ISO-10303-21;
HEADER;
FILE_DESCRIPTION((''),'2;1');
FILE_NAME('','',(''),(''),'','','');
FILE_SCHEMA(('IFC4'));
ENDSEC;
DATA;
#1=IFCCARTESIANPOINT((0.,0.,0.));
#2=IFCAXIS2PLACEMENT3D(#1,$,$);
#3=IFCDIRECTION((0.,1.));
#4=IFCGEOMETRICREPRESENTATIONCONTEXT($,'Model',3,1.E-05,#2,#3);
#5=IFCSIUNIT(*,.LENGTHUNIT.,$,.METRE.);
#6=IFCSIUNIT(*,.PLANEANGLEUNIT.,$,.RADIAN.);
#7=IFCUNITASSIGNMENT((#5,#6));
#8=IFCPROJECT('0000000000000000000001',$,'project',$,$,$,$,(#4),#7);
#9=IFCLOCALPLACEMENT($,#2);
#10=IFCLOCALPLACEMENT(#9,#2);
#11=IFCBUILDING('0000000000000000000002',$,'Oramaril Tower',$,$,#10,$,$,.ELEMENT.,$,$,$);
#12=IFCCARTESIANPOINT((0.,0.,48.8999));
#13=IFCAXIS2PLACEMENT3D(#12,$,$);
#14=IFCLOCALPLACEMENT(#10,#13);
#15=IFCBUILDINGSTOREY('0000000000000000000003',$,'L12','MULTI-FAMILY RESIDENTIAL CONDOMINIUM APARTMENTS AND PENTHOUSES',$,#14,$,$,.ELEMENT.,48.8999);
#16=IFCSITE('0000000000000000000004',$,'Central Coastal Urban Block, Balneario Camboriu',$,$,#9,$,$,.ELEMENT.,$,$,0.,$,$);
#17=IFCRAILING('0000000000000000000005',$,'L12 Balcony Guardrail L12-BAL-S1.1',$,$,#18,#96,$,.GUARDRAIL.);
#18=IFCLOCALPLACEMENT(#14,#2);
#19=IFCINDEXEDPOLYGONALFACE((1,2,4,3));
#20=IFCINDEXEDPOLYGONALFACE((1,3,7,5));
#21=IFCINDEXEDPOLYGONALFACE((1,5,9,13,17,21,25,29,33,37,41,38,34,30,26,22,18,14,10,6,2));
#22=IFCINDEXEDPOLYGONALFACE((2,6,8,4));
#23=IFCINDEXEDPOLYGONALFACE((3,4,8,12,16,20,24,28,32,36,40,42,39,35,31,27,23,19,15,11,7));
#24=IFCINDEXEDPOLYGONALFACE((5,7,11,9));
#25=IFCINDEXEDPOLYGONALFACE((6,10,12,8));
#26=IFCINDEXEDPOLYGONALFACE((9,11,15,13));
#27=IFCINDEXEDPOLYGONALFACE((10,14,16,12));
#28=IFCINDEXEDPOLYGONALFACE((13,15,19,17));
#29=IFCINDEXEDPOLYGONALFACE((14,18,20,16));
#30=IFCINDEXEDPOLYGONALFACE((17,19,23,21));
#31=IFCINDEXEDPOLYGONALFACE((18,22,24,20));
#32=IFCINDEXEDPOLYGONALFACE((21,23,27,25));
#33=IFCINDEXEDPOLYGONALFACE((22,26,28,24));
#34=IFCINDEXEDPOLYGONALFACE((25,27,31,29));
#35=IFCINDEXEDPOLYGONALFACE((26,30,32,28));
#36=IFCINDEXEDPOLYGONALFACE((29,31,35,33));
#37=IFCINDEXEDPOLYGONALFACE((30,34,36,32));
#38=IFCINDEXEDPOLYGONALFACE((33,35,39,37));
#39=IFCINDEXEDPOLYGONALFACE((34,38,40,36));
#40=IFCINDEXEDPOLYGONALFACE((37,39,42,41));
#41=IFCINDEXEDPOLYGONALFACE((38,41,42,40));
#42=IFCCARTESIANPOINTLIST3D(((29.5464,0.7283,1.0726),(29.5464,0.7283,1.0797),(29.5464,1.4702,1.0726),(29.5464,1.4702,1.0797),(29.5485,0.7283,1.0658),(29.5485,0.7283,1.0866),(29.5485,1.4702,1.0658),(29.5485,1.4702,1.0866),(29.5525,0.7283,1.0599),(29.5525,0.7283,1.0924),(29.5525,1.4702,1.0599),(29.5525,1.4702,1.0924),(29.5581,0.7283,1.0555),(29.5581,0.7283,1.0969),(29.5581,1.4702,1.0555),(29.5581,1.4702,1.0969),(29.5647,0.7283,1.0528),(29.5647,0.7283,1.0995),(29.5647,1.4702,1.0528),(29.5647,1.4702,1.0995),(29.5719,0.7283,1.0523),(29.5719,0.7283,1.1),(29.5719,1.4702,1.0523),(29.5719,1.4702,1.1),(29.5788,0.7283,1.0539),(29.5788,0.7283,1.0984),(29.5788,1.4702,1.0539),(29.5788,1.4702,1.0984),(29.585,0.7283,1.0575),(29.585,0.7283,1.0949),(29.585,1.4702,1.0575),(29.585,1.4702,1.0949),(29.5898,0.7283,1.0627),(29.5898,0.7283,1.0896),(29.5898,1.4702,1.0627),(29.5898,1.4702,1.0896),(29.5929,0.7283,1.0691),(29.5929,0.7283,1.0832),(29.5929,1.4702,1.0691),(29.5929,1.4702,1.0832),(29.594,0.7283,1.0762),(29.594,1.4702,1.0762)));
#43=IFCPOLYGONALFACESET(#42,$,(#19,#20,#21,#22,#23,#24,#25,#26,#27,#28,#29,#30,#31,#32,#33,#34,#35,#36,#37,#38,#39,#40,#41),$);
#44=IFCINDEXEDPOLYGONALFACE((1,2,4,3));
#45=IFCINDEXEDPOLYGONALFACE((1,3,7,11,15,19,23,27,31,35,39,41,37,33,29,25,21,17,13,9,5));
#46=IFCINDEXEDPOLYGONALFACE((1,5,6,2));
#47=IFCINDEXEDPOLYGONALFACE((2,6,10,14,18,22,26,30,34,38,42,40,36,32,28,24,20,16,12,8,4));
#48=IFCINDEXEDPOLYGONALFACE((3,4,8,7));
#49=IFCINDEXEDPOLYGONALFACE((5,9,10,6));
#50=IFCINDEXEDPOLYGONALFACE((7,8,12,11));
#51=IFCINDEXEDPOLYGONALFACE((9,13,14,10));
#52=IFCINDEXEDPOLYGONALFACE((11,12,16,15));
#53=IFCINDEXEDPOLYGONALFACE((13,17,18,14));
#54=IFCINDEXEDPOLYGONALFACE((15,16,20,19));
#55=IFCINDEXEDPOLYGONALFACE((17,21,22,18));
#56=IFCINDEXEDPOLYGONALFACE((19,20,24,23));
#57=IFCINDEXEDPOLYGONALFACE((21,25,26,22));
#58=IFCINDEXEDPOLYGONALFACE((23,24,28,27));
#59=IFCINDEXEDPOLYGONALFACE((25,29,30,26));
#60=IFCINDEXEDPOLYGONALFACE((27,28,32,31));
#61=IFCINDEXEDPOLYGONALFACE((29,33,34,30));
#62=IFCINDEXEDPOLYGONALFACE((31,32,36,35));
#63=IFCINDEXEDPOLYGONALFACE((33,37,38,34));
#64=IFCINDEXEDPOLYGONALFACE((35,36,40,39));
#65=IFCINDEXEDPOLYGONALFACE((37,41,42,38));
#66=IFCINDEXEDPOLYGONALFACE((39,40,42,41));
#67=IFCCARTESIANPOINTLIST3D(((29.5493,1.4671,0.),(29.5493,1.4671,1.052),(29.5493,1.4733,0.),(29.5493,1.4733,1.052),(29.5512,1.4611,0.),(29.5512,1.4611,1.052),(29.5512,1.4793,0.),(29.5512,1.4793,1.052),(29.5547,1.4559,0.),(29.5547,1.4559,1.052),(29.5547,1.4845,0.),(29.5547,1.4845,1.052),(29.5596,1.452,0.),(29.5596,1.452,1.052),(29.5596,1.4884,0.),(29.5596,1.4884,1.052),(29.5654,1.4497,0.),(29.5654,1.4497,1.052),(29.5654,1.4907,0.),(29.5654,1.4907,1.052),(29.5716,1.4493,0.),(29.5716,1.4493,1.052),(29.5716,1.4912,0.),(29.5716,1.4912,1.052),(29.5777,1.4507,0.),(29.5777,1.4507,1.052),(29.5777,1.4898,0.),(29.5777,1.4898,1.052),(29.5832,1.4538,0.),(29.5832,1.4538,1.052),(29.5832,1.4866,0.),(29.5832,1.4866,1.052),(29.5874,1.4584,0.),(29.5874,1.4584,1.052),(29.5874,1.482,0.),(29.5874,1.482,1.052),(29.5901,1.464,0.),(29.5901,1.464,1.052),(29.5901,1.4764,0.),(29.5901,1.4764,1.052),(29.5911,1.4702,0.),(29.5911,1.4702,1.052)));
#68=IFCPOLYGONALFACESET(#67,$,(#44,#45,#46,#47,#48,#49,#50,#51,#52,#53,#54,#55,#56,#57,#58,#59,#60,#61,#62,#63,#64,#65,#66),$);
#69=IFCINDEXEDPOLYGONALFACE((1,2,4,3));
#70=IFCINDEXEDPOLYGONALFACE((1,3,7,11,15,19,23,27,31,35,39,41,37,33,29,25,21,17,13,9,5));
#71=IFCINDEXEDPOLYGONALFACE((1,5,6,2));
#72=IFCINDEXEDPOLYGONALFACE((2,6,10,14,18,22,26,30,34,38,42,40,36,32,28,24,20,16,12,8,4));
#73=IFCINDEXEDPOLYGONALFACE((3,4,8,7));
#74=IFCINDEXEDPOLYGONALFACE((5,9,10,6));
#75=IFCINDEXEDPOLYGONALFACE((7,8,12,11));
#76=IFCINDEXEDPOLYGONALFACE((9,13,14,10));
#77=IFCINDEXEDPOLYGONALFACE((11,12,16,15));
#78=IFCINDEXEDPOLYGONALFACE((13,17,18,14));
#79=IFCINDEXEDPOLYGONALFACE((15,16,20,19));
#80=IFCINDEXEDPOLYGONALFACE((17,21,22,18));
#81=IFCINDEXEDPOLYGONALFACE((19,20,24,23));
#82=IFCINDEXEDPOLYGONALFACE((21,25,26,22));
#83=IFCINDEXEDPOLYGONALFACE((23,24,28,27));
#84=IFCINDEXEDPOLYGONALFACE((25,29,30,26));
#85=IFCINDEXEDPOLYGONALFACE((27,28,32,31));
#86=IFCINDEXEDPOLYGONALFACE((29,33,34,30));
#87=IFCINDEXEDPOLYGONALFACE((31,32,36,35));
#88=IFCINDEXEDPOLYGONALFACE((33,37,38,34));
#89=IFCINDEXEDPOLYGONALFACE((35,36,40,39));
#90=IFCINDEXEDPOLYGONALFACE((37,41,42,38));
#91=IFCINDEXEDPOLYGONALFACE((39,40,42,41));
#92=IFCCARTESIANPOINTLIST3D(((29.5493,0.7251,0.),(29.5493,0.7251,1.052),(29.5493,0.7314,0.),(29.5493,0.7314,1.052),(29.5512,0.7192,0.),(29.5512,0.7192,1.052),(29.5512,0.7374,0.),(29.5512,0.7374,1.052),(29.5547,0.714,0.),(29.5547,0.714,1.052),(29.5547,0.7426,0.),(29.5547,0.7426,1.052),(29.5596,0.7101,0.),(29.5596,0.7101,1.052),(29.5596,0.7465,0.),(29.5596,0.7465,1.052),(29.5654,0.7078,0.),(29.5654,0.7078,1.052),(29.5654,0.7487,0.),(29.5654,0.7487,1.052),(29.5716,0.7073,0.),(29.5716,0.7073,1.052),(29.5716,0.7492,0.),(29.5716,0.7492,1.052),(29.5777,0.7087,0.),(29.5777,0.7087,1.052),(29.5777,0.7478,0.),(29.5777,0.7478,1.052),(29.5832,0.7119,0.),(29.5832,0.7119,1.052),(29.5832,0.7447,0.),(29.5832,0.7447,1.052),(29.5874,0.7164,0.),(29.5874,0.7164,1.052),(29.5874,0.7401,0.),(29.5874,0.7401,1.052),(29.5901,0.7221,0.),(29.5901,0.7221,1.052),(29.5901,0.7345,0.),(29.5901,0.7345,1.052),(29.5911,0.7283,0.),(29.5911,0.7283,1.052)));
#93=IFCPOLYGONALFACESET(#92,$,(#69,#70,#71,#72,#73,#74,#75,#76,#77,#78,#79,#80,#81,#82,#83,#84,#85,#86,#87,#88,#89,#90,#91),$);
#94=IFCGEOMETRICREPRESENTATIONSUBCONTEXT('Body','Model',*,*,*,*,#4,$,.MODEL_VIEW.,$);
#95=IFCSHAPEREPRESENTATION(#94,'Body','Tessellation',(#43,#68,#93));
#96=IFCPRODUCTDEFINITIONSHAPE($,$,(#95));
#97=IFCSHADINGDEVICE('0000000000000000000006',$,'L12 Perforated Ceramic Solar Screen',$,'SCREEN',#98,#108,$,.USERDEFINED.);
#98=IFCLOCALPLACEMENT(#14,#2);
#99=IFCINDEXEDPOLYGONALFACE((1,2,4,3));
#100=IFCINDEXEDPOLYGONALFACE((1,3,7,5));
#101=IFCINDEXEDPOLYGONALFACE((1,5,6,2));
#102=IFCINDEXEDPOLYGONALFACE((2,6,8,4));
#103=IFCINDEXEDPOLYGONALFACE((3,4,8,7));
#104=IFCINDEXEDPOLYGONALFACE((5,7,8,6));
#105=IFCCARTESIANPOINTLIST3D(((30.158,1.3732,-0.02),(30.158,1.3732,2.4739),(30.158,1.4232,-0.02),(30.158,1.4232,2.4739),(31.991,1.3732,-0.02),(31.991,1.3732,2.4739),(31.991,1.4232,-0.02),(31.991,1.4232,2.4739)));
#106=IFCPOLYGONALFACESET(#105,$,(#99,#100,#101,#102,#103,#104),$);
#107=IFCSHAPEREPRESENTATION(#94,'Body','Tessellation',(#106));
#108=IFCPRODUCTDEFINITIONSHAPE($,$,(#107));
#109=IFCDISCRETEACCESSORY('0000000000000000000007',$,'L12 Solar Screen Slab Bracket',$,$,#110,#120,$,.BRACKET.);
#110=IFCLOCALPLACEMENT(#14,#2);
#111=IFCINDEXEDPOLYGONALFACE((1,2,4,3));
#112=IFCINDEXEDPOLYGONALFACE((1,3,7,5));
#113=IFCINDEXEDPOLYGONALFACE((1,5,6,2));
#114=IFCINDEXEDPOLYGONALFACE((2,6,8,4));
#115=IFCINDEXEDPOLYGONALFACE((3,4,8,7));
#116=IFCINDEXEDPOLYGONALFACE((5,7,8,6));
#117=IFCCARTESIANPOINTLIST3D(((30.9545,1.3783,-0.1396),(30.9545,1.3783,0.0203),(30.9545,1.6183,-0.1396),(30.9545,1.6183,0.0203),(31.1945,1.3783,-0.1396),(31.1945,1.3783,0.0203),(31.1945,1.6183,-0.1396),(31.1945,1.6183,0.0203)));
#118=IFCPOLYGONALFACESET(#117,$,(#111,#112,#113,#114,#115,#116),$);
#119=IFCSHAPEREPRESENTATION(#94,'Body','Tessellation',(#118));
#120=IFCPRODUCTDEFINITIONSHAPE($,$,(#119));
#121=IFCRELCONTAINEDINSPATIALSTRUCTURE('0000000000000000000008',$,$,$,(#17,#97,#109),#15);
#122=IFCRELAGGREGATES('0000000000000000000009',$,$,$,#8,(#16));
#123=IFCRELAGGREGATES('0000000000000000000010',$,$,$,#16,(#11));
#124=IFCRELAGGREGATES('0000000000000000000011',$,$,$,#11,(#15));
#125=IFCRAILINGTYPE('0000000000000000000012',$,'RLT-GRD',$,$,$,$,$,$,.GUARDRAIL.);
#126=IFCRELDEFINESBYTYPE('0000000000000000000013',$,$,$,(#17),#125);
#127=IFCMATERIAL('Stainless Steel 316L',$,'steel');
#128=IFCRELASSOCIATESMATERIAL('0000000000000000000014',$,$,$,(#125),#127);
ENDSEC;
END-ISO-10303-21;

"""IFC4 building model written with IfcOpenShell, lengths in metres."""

from ifc_helpers import new_model, si_unit, direction, frame, origin, origin_2d, place, context, subcontext, project, spatial, rectangle, circle, extrude, material, type_object, element, save


model = new_model("IFC4")

# Units and contexts
model_context = context("Model", 3, precision=1e-05, world=origin(), true_north=direction((0.0, 1.0)))
body_context = subcontext(model_context, "Body", "Model", "MODEL_VIEW")
ifc_project = project(units=[si_unit("LENGTHUNIT", "METRE"), si_unit("PLANEANGLEUNIT", "RADIAN")], contexts=[model_context])

# Site, building, storey
site_placement = place(None, origin())
site = spatial("IfcSite", under=ifc_project, at=site_placement, Name="Central Coastal Urban Block, Balneario Camboriu", CompositionType="ELEMENT", RefElevation=0.0)
building_placement = place(site_placement, origin())
building = spatial("IfcBuilding", under=site, at=building_placement, Name="Oramaril Tower", CompositionType="ELEMENT")
storey_placement = place(building_placement, frame((0.0, 0.0, 48.8999)))
storey = spatial("IfcBuildingStorey", under=building, at=storey_placement, Name="L12", Description="MULTI-FAMILY RESIDENTIAL CONDOMINIUM APARTMENTS AND PENTHOUSES", CompositionType="ELEMENT", Elevation=48.8999)

# Railing
ifc_material_1 = material(Name="Stainless Steel 316L", Category="steel")
railing_type = type_object("IfcRailingType", Name="RLT-GRD", PredefinedType="GUARDRAIL", material=ifc_material_1)
railing_1_placement = place(storey_placement, frame((29.5701, 1.4702, 0.0)))
element("IfcRailing", 1, at=railing_1_placement, inside=storey, type_object=railing_type, Name="L12 Balcony Guardrail L12-BAL-S1.1", PredefinedType="GUARDRAIL", context=body_context, shape_type="SweptSolid", body=[
    extrude(circle(Radius=0.0239, at=origin_2d()), frame((0.0, 0.0, 1.0762), z_axis=(0.0, -1.0, 0.0), x_axis=(1.0, 0.0, 0.0)), (0.0, 0.0, 1.0), 0.7419),
    extrude(circle(Radius=0.021, at=origin_2d()), origin(), (0.0, 0.0, 1.0), 1.052),
    extrude(circle(Radius=0.021, at=origin_2d()), frame((0.0, -0.7419, 0.0)), (0.0, 0.0, 1.0), 1.052),
])

# Shading device
shading_device_placement = place(storey_placement, frame((31.0745, 1.3982, -0.02), z_axis=(0.0, 0.0, 1.0), x_axis=(1.0, 0.0, 0.0)))
element("IfcShadingDevice", 2, at=shading_device_placement, inside=storey, Name="L12 Perforated Ceramic Solar Screen", ObjectType="SCREEN", PredefinedType="USERDEFINED", context=body_context, shape_type="SweptSolid", body=[
    extrude(rectangle(XDim=1.833, YDim=0.05, at=origin_2d()), origin(), (0.0, 0.0, 1.0), 2.4939),
])

# Discrete accessory
discrete_accessory_placement = place(storey_placement, frame((31.0745, 1.4983, -0.1396), z_axis=(0.0, 0.0, 1.0), x_axis=(1.0, 0.0, 0.0)))
element("IfcDiscreteAccessory", 3, at=discrete_accessory_placement, inside=storey, Name="L12 Solar Screen Slab Bracket", PredefinedType="BRACKET", context=body_context, shape_type="SweptSolid", body=[
    extrude(rectangle(XDim=0.24, YDim=0.24, at=origin_2d()), origin(), (0.0, 0.0, 1.0), 0.1599),
])

save(model, "model.ifc")
